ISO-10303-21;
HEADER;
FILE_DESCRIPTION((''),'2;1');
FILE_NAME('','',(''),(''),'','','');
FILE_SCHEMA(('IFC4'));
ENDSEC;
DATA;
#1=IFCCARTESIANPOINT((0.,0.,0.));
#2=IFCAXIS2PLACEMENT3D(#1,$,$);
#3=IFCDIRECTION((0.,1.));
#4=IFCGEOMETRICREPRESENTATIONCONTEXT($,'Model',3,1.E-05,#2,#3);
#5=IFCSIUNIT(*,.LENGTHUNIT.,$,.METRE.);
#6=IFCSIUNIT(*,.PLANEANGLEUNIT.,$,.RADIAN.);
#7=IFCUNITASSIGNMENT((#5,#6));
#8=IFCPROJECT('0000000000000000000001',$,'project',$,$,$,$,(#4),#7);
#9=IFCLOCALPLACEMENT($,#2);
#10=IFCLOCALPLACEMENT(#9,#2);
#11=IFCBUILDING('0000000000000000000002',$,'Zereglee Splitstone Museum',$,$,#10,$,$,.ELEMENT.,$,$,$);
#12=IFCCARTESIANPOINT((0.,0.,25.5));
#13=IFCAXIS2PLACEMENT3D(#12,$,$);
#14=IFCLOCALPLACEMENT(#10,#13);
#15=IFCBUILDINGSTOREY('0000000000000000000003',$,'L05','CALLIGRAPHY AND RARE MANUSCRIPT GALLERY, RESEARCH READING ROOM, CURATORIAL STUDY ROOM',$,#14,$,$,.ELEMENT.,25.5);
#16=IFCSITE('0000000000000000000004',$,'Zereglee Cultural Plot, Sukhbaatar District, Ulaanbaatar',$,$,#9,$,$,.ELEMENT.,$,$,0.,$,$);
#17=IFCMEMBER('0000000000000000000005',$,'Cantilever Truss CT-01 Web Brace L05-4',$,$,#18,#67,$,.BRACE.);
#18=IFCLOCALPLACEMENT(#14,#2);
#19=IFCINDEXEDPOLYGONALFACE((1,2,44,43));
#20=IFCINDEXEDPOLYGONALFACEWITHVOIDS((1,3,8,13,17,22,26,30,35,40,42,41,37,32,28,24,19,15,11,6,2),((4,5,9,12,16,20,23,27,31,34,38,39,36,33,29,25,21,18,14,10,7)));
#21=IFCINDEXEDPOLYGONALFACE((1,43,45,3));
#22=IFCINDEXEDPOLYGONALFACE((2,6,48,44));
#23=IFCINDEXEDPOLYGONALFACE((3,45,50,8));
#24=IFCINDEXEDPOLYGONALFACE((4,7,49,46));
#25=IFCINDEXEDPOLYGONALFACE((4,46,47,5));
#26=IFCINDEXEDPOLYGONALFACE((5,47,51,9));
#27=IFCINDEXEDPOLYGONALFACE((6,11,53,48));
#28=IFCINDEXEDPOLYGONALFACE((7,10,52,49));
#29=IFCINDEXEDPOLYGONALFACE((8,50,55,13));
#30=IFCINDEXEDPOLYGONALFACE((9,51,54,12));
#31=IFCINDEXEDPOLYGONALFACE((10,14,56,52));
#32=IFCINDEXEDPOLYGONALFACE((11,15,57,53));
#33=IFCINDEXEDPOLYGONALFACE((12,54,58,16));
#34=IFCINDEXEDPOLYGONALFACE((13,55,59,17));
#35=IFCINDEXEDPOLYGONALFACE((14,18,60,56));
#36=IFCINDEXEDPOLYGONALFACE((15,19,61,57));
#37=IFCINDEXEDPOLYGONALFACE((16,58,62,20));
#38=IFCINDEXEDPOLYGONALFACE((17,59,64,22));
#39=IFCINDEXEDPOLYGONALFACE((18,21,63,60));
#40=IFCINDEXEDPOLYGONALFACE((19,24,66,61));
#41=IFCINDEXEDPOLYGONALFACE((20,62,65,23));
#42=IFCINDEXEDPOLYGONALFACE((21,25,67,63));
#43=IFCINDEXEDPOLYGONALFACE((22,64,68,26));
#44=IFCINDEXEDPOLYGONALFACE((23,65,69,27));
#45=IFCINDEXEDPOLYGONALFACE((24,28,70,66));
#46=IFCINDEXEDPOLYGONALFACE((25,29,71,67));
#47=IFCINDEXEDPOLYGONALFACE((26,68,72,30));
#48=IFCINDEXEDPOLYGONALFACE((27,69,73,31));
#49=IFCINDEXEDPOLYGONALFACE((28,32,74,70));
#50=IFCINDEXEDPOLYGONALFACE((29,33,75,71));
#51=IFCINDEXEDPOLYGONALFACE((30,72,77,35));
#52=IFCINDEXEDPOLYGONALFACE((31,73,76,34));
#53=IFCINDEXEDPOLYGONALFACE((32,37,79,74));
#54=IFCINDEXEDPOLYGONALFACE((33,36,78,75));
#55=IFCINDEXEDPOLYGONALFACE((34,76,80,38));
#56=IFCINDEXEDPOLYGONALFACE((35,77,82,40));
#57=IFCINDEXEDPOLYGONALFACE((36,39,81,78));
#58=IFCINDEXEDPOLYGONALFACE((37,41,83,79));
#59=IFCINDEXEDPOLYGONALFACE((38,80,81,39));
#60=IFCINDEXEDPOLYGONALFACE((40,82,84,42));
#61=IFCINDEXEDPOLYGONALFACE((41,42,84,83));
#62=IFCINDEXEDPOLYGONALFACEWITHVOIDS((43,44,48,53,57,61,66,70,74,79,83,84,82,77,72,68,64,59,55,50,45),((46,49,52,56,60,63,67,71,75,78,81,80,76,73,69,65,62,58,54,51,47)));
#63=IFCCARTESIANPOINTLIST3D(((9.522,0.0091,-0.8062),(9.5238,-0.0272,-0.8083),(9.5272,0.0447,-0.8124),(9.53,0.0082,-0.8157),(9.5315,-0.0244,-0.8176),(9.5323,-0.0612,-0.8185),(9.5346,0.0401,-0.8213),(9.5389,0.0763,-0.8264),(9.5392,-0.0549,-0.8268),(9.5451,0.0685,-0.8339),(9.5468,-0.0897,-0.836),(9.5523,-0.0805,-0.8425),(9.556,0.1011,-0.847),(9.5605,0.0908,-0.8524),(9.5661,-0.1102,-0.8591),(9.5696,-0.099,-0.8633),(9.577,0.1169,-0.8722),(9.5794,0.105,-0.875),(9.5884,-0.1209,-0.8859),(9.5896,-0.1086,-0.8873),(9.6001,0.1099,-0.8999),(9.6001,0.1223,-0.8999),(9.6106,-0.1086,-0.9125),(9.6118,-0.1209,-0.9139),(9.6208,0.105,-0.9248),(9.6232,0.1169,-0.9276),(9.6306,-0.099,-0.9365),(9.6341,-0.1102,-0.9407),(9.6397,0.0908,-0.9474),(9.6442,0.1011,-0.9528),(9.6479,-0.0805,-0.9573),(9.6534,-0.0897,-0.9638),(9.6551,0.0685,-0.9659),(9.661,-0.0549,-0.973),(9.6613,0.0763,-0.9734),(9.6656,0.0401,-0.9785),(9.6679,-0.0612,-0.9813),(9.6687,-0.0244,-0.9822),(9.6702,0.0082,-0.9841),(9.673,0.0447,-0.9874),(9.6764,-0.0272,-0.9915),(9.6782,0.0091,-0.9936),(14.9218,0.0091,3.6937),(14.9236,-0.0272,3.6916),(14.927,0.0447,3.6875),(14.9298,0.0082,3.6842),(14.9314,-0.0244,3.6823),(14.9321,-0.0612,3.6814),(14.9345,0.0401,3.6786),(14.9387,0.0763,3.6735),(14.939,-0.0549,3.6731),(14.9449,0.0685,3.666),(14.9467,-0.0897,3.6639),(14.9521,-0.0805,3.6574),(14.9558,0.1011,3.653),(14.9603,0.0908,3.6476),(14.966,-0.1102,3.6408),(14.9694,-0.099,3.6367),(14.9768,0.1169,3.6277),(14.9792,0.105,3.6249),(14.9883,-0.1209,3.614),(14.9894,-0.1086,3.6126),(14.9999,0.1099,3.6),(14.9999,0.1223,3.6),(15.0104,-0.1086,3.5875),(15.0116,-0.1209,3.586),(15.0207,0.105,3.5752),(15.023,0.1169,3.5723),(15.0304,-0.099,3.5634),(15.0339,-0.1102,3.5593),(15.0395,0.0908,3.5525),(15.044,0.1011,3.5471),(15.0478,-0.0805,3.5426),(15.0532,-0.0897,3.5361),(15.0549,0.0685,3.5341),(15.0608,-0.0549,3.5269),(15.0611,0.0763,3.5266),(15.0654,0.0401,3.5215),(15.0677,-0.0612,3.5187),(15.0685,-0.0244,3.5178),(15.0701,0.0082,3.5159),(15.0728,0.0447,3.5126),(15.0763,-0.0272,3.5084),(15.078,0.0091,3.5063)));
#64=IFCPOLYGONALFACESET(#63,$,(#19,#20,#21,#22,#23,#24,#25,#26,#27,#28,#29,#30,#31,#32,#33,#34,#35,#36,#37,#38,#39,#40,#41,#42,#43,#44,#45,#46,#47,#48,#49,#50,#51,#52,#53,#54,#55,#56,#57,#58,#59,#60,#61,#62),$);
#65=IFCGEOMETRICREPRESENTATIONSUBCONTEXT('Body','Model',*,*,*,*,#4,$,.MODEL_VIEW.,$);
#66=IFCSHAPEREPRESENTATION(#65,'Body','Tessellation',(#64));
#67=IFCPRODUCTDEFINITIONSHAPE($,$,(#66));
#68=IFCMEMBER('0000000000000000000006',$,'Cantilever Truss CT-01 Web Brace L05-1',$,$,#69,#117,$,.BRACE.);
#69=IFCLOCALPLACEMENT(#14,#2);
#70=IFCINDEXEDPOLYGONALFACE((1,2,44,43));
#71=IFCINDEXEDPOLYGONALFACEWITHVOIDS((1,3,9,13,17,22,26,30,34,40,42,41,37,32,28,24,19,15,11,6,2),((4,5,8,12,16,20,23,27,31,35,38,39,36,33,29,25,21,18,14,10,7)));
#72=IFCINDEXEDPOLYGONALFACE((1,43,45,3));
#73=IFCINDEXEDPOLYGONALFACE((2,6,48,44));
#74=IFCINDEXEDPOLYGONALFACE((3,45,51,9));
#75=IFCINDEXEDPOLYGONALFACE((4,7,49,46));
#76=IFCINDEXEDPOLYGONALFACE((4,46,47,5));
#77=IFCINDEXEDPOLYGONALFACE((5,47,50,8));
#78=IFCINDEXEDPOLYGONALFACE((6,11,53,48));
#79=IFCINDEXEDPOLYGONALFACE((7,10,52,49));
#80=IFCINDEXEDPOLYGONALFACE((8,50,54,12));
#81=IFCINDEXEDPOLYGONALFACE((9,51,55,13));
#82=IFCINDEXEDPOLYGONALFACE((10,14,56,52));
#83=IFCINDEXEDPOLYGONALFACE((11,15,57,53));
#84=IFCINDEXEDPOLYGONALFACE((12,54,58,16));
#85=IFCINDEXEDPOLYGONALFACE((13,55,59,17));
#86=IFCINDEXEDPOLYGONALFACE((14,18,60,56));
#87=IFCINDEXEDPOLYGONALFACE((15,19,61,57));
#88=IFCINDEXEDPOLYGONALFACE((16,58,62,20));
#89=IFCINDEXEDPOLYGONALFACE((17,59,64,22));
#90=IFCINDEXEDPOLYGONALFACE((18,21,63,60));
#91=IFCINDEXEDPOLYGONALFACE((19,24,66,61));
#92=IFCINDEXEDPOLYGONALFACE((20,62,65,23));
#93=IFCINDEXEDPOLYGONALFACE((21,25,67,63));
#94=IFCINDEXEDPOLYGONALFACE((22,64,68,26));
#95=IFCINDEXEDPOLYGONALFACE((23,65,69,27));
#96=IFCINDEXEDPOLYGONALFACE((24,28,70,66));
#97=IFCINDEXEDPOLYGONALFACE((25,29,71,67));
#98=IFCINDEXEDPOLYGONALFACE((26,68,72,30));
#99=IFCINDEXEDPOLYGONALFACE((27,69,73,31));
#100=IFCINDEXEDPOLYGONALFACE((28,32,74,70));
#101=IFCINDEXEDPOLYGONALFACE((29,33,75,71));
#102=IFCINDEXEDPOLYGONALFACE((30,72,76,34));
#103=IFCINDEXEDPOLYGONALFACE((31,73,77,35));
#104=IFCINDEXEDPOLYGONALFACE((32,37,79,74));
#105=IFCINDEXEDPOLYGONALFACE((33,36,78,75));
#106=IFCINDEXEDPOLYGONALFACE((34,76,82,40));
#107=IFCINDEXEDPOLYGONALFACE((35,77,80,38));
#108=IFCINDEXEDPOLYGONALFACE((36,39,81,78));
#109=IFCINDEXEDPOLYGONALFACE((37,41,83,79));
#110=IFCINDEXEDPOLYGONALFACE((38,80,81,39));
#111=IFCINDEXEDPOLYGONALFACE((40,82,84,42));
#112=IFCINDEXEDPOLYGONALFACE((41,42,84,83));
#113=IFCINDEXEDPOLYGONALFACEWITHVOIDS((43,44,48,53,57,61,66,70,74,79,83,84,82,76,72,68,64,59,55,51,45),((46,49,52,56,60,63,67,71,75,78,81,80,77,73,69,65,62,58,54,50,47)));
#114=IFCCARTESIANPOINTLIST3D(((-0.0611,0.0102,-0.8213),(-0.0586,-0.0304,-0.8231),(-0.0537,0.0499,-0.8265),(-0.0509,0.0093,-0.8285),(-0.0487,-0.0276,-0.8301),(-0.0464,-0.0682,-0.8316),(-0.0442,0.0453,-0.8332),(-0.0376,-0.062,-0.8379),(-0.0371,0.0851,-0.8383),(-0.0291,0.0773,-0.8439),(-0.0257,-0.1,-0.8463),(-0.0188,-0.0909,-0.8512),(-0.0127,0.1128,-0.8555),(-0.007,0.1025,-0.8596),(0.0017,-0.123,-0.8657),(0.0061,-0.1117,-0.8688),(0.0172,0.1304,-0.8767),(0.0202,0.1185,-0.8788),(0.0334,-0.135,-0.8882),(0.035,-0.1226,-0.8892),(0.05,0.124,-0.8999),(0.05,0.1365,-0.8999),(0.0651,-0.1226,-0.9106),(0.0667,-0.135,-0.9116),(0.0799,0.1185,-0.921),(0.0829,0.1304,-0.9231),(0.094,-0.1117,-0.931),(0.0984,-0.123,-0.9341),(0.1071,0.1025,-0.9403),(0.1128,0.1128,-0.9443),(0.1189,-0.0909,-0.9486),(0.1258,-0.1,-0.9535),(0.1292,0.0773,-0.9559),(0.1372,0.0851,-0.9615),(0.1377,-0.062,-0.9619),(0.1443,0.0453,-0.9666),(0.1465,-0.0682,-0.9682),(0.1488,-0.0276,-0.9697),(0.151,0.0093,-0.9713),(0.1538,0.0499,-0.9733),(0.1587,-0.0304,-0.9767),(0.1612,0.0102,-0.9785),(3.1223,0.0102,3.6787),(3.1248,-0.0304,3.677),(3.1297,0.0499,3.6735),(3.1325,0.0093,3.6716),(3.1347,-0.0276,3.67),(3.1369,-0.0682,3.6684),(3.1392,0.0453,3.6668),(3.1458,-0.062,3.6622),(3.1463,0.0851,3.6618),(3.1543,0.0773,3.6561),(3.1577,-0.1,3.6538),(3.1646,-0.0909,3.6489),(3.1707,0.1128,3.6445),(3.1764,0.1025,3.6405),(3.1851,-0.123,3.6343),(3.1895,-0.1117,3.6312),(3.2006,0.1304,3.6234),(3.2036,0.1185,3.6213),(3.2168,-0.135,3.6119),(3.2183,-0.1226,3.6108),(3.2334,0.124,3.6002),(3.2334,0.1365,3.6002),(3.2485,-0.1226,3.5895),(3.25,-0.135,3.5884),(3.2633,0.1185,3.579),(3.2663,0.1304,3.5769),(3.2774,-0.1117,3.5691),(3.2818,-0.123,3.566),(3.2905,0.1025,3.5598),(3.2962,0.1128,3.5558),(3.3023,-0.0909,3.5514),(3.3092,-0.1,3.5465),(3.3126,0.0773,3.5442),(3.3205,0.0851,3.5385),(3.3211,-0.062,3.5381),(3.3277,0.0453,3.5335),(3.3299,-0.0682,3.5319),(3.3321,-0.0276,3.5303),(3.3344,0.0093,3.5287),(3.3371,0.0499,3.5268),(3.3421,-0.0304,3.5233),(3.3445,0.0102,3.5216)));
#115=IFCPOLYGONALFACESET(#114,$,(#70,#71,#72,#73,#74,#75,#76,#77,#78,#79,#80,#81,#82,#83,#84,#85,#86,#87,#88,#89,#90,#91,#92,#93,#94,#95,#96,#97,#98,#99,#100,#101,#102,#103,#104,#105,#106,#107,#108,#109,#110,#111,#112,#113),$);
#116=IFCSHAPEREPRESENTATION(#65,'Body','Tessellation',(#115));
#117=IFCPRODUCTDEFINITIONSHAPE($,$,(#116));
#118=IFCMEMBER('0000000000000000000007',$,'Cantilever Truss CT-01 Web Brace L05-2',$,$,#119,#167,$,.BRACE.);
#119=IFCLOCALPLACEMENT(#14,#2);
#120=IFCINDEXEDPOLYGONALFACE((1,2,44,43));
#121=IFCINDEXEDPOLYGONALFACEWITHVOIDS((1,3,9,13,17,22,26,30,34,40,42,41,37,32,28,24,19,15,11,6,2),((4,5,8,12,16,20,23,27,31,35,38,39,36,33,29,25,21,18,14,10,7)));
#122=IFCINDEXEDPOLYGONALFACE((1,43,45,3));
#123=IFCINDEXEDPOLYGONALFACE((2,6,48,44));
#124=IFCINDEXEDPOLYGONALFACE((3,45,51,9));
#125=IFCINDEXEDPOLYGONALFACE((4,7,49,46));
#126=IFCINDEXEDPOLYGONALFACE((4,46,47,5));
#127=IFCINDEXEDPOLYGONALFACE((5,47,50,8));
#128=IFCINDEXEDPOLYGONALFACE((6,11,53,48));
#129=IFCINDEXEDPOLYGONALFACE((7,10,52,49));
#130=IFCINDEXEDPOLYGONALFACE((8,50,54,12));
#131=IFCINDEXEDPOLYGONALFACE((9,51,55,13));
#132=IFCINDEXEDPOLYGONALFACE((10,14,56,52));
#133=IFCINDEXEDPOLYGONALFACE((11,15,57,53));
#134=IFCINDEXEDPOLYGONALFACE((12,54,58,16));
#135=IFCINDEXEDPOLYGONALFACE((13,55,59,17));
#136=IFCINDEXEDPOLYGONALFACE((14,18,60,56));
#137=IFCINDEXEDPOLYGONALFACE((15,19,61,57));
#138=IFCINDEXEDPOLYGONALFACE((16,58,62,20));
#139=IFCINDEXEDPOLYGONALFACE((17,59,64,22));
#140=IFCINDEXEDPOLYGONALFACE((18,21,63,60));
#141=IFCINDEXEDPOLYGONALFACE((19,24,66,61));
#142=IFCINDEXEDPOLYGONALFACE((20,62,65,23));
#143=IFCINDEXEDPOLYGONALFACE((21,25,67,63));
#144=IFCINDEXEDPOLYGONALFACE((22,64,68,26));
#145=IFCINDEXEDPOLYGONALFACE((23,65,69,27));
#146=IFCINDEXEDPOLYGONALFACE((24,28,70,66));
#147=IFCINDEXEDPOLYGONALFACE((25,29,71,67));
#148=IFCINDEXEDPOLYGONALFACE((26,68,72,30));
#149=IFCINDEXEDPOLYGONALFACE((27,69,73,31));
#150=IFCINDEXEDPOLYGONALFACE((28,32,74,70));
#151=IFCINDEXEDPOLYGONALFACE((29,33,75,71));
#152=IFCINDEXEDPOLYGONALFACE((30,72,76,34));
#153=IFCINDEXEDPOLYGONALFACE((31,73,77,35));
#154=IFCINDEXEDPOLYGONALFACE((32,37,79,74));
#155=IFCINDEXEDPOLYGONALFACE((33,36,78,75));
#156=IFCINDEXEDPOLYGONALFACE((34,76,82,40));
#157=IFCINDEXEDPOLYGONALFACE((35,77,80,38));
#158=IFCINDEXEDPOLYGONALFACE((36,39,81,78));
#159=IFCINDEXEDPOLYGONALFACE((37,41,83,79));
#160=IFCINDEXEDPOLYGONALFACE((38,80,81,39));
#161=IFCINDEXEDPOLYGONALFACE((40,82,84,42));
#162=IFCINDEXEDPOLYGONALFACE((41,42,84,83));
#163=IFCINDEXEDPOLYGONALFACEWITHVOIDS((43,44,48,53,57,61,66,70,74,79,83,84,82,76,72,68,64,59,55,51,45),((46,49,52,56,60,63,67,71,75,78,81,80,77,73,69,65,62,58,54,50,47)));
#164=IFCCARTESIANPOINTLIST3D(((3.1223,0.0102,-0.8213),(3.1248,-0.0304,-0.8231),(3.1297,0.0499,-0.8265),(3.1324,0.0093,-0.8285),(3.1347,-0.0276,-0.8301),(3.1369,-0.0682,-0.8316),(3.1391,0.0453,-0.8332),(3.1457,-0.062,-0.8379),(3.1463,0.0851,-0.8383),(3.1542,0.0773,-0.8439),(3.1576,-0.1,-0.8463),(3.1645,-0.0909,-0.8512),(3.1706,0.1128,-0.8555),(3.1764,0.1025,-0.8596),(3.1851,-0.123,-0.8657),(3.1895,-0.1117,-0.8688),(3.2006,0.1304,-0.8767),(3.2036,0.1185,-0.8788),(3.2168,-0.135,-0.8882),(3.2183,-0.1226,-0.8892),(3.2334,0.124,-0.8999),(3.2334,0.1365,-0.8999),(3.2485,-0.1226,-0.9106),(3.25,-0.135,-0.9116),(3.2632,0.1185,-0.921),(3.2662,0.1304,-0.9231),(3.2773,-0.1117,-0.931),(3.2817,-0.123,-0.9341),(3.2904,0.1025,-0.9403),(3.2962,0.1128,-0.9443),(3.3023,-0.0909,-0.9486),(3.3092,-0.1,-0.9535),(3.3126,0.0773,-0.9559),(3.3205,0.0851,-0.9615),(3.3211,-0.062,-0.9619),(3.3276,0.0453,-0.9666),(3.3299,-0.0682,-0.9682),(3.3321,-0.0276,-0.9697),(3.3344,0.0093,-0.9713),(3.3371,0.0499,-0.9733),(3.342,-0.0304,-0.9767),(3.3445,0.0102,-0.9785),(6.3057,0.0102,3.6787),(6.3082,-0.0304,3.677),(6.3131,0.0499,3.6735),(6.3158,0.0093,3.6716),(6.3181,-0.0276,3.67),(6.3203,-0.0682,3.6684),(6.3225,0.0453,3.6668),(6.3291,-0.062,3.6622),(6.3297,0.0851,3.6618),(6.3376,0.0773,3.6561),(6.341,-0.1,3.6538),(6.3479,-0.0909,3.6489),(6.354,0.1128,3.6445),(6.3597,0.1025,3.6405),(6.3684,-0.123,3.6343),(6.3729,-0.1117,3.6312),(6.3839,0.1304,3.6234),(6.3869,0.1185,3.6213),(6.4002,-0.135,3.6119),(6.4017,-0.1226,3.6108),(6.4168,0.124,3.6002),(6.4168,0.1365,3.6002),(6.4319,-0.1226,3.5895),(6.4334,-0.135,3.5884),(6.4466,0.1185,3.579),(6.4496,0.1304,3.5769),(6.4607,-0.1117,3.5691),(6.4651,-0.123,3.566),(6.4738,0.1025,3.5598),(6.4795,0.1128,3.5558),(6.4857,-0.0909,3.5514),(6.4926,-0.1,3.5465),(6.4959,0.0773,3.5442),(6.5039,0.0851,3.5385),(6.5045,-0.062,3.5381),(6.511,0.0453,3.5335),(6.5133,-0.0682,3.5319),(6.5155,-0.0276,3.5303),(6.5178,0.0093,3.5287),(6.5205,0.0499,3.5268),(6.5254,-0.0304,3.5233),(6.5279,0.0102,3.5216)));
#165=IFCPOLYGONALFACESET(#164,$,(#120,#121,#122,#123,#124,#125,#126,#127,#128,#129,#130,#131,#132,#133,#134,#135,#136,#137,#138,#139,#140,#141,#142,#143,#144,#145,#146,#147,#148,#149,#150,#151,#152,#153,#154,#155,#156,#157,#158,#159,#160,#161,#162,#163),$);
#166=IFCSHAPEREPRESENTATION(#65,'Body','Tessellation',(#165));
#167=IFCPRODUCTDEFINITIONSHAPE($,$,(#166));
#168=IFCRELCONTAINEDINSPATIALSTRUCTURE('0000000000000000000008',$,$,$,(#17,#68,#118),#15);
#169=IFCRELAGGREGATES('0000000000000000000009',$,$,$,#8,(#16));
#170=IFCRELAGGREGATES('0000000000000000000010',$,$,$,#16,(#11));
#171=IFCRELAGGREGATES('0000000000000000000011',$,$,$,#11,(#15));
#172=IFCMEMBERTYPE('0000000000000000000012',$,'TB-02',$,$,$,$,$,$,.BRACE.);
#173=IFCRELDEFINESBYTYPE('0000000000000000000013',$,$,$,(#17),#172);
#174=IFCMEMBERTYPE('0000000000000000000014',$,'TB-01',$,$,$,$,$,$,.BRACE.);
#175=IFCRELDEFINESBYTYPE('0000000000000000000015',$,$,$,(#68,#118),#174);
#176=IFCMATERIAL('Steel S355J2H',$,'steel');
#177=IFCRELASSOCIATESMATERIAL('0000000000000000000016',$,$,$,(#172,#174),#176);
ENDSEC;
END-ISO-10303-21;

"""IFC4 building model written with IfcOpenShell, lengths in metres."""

from ifc_helpers import new_model, si_unit, direction, frame, origin, origin_2d, place, context, subcontext, project, spatial, hollow_circle, extrude, material, material_profile, profile_set, type_object, element, save


model = new_model("IFC4")

# Units and contexts
model_context = context("Model", 3, precision=1e-05, world=origin(), true_north=direction((0.0, 1.0)))
body_context = subcontext(model_context, "Body", "Model", "MODEL_VIEW")
ifc_project = project(units=[si_unit("LENGTHUNIT", "METRE"), si_unit("PLANEANGLEUNIT", "RADIAN")], contexts=[model_context])

# Site, building, storey
site_placement = place(None, origin())
site = spatial("IfcSite", under=ifc_project, at=site_placement, Name="Zereglee Cultural Plot, Sukhbaatar District, Ulaanbaatar", CompositionType="ELEMENT", RefElevation=0.0)
building_placement = place(site_placement, origin())
building = spatial("IfcBuilding", under=site, at=building_placement, Name="Zereglee Splitstone Museum", CompositionType="ELEMENT")
storey_placement = place(building_placement, frame((0.0, 0.0, 25.5)))
storey = spatial("IfcBuildingStorey", under=building, at=storey_placement, Name="L05", Description="CALLIGRAPHY AND RARE MANUSCRIPT GALLERY, RESEARCH READING ROOM, CURATORIAL STUDY ROOM", CompositionType="ELEMENT", Elevation=25.5)

# Members
ifc_material_1 = material(Name="Steel S355J2H", Category="steel")
ifc_material_profile_1 = material_profile(ifc_material_1, hollow_circle(Radius=0.1223, WallThickness=0.0125, at=origin_2d()), Name="CHS 244.5x12.5")
ifc_profile_set_1 = profile_set([ifc_material_profile_1], Name="Steel S355J2H")
member_type_1 = type_object("IfcMemberType", Name="TB-02", PredefinedType="BRACE", material=ifc_profile_set_1)
member_1_placement = place(storey_placement, frame((9.6001, 0.0, -0.8999), z_axis=(0.768216, 0.0, 0.640191), x_axis=(0.0, 1.0, 0.0)))
element("IfcMember", 1, at=member_1_placement, inside=storey, type_object=member_type_1, Name="Cantilever Truss CT-01 Web Brace L05-4", PredefinedType="BRACE", context=body_context, shape_type="SweptSolid", body=[
    extrude(hollow_circle(Radius=0.1223, WallThickness=0.0125, at=origin_2d()), origin(), (0.0, 0.0, 1.0), 7.0291),
])
ifc_material_profile_2 = material_profile(ifc_material_1, hollow_circle(Radius=0.1365, WallThickness=0.0125, at=origin_2d()), Name="CHS 273.0x12.5")
ifc_profile_set_2 = profile_set([ifc_material_profile_2], Name="Steel S355J2H")
member_type_2 = type_object("IfcMemberType", Name="TB-01", PredefinedType="BRACE", material=ifc_profile_set_2)
for number, where, z_axis, x_axis, name in (
    (2, (0.05, 0.0, -0.8999), (0.577516, 0.0, 0.816379), (0.0, 1.0, 0.0), "Cantilever Truss CT-01 Web Brace L05-1"),
    (3, (3.2334, 0.0, -0.8999), (0.577516, 0.0, 0.816379), (0.0, 1.0, 0.0), "Cantilever Truss CT-01 Web Brace L05-2"),
):
    element("IfcMember", number, at=place(storey_placement, frame(where, z_axis=z_axis, x_axis=x_axis)), inside=storey, type_object=member_type_2, Name=name, PredefinedType="BRACE", context=body_context, shape_type="SweptSolid", body=[
        extrude(hollow_circle(Radius=0.1365, WallThickness=0.0125, at=origin_2d()), origin(), (0.0, 0.0, 1.0), 5.5122),
    ])

save(model, "model.ifc")
